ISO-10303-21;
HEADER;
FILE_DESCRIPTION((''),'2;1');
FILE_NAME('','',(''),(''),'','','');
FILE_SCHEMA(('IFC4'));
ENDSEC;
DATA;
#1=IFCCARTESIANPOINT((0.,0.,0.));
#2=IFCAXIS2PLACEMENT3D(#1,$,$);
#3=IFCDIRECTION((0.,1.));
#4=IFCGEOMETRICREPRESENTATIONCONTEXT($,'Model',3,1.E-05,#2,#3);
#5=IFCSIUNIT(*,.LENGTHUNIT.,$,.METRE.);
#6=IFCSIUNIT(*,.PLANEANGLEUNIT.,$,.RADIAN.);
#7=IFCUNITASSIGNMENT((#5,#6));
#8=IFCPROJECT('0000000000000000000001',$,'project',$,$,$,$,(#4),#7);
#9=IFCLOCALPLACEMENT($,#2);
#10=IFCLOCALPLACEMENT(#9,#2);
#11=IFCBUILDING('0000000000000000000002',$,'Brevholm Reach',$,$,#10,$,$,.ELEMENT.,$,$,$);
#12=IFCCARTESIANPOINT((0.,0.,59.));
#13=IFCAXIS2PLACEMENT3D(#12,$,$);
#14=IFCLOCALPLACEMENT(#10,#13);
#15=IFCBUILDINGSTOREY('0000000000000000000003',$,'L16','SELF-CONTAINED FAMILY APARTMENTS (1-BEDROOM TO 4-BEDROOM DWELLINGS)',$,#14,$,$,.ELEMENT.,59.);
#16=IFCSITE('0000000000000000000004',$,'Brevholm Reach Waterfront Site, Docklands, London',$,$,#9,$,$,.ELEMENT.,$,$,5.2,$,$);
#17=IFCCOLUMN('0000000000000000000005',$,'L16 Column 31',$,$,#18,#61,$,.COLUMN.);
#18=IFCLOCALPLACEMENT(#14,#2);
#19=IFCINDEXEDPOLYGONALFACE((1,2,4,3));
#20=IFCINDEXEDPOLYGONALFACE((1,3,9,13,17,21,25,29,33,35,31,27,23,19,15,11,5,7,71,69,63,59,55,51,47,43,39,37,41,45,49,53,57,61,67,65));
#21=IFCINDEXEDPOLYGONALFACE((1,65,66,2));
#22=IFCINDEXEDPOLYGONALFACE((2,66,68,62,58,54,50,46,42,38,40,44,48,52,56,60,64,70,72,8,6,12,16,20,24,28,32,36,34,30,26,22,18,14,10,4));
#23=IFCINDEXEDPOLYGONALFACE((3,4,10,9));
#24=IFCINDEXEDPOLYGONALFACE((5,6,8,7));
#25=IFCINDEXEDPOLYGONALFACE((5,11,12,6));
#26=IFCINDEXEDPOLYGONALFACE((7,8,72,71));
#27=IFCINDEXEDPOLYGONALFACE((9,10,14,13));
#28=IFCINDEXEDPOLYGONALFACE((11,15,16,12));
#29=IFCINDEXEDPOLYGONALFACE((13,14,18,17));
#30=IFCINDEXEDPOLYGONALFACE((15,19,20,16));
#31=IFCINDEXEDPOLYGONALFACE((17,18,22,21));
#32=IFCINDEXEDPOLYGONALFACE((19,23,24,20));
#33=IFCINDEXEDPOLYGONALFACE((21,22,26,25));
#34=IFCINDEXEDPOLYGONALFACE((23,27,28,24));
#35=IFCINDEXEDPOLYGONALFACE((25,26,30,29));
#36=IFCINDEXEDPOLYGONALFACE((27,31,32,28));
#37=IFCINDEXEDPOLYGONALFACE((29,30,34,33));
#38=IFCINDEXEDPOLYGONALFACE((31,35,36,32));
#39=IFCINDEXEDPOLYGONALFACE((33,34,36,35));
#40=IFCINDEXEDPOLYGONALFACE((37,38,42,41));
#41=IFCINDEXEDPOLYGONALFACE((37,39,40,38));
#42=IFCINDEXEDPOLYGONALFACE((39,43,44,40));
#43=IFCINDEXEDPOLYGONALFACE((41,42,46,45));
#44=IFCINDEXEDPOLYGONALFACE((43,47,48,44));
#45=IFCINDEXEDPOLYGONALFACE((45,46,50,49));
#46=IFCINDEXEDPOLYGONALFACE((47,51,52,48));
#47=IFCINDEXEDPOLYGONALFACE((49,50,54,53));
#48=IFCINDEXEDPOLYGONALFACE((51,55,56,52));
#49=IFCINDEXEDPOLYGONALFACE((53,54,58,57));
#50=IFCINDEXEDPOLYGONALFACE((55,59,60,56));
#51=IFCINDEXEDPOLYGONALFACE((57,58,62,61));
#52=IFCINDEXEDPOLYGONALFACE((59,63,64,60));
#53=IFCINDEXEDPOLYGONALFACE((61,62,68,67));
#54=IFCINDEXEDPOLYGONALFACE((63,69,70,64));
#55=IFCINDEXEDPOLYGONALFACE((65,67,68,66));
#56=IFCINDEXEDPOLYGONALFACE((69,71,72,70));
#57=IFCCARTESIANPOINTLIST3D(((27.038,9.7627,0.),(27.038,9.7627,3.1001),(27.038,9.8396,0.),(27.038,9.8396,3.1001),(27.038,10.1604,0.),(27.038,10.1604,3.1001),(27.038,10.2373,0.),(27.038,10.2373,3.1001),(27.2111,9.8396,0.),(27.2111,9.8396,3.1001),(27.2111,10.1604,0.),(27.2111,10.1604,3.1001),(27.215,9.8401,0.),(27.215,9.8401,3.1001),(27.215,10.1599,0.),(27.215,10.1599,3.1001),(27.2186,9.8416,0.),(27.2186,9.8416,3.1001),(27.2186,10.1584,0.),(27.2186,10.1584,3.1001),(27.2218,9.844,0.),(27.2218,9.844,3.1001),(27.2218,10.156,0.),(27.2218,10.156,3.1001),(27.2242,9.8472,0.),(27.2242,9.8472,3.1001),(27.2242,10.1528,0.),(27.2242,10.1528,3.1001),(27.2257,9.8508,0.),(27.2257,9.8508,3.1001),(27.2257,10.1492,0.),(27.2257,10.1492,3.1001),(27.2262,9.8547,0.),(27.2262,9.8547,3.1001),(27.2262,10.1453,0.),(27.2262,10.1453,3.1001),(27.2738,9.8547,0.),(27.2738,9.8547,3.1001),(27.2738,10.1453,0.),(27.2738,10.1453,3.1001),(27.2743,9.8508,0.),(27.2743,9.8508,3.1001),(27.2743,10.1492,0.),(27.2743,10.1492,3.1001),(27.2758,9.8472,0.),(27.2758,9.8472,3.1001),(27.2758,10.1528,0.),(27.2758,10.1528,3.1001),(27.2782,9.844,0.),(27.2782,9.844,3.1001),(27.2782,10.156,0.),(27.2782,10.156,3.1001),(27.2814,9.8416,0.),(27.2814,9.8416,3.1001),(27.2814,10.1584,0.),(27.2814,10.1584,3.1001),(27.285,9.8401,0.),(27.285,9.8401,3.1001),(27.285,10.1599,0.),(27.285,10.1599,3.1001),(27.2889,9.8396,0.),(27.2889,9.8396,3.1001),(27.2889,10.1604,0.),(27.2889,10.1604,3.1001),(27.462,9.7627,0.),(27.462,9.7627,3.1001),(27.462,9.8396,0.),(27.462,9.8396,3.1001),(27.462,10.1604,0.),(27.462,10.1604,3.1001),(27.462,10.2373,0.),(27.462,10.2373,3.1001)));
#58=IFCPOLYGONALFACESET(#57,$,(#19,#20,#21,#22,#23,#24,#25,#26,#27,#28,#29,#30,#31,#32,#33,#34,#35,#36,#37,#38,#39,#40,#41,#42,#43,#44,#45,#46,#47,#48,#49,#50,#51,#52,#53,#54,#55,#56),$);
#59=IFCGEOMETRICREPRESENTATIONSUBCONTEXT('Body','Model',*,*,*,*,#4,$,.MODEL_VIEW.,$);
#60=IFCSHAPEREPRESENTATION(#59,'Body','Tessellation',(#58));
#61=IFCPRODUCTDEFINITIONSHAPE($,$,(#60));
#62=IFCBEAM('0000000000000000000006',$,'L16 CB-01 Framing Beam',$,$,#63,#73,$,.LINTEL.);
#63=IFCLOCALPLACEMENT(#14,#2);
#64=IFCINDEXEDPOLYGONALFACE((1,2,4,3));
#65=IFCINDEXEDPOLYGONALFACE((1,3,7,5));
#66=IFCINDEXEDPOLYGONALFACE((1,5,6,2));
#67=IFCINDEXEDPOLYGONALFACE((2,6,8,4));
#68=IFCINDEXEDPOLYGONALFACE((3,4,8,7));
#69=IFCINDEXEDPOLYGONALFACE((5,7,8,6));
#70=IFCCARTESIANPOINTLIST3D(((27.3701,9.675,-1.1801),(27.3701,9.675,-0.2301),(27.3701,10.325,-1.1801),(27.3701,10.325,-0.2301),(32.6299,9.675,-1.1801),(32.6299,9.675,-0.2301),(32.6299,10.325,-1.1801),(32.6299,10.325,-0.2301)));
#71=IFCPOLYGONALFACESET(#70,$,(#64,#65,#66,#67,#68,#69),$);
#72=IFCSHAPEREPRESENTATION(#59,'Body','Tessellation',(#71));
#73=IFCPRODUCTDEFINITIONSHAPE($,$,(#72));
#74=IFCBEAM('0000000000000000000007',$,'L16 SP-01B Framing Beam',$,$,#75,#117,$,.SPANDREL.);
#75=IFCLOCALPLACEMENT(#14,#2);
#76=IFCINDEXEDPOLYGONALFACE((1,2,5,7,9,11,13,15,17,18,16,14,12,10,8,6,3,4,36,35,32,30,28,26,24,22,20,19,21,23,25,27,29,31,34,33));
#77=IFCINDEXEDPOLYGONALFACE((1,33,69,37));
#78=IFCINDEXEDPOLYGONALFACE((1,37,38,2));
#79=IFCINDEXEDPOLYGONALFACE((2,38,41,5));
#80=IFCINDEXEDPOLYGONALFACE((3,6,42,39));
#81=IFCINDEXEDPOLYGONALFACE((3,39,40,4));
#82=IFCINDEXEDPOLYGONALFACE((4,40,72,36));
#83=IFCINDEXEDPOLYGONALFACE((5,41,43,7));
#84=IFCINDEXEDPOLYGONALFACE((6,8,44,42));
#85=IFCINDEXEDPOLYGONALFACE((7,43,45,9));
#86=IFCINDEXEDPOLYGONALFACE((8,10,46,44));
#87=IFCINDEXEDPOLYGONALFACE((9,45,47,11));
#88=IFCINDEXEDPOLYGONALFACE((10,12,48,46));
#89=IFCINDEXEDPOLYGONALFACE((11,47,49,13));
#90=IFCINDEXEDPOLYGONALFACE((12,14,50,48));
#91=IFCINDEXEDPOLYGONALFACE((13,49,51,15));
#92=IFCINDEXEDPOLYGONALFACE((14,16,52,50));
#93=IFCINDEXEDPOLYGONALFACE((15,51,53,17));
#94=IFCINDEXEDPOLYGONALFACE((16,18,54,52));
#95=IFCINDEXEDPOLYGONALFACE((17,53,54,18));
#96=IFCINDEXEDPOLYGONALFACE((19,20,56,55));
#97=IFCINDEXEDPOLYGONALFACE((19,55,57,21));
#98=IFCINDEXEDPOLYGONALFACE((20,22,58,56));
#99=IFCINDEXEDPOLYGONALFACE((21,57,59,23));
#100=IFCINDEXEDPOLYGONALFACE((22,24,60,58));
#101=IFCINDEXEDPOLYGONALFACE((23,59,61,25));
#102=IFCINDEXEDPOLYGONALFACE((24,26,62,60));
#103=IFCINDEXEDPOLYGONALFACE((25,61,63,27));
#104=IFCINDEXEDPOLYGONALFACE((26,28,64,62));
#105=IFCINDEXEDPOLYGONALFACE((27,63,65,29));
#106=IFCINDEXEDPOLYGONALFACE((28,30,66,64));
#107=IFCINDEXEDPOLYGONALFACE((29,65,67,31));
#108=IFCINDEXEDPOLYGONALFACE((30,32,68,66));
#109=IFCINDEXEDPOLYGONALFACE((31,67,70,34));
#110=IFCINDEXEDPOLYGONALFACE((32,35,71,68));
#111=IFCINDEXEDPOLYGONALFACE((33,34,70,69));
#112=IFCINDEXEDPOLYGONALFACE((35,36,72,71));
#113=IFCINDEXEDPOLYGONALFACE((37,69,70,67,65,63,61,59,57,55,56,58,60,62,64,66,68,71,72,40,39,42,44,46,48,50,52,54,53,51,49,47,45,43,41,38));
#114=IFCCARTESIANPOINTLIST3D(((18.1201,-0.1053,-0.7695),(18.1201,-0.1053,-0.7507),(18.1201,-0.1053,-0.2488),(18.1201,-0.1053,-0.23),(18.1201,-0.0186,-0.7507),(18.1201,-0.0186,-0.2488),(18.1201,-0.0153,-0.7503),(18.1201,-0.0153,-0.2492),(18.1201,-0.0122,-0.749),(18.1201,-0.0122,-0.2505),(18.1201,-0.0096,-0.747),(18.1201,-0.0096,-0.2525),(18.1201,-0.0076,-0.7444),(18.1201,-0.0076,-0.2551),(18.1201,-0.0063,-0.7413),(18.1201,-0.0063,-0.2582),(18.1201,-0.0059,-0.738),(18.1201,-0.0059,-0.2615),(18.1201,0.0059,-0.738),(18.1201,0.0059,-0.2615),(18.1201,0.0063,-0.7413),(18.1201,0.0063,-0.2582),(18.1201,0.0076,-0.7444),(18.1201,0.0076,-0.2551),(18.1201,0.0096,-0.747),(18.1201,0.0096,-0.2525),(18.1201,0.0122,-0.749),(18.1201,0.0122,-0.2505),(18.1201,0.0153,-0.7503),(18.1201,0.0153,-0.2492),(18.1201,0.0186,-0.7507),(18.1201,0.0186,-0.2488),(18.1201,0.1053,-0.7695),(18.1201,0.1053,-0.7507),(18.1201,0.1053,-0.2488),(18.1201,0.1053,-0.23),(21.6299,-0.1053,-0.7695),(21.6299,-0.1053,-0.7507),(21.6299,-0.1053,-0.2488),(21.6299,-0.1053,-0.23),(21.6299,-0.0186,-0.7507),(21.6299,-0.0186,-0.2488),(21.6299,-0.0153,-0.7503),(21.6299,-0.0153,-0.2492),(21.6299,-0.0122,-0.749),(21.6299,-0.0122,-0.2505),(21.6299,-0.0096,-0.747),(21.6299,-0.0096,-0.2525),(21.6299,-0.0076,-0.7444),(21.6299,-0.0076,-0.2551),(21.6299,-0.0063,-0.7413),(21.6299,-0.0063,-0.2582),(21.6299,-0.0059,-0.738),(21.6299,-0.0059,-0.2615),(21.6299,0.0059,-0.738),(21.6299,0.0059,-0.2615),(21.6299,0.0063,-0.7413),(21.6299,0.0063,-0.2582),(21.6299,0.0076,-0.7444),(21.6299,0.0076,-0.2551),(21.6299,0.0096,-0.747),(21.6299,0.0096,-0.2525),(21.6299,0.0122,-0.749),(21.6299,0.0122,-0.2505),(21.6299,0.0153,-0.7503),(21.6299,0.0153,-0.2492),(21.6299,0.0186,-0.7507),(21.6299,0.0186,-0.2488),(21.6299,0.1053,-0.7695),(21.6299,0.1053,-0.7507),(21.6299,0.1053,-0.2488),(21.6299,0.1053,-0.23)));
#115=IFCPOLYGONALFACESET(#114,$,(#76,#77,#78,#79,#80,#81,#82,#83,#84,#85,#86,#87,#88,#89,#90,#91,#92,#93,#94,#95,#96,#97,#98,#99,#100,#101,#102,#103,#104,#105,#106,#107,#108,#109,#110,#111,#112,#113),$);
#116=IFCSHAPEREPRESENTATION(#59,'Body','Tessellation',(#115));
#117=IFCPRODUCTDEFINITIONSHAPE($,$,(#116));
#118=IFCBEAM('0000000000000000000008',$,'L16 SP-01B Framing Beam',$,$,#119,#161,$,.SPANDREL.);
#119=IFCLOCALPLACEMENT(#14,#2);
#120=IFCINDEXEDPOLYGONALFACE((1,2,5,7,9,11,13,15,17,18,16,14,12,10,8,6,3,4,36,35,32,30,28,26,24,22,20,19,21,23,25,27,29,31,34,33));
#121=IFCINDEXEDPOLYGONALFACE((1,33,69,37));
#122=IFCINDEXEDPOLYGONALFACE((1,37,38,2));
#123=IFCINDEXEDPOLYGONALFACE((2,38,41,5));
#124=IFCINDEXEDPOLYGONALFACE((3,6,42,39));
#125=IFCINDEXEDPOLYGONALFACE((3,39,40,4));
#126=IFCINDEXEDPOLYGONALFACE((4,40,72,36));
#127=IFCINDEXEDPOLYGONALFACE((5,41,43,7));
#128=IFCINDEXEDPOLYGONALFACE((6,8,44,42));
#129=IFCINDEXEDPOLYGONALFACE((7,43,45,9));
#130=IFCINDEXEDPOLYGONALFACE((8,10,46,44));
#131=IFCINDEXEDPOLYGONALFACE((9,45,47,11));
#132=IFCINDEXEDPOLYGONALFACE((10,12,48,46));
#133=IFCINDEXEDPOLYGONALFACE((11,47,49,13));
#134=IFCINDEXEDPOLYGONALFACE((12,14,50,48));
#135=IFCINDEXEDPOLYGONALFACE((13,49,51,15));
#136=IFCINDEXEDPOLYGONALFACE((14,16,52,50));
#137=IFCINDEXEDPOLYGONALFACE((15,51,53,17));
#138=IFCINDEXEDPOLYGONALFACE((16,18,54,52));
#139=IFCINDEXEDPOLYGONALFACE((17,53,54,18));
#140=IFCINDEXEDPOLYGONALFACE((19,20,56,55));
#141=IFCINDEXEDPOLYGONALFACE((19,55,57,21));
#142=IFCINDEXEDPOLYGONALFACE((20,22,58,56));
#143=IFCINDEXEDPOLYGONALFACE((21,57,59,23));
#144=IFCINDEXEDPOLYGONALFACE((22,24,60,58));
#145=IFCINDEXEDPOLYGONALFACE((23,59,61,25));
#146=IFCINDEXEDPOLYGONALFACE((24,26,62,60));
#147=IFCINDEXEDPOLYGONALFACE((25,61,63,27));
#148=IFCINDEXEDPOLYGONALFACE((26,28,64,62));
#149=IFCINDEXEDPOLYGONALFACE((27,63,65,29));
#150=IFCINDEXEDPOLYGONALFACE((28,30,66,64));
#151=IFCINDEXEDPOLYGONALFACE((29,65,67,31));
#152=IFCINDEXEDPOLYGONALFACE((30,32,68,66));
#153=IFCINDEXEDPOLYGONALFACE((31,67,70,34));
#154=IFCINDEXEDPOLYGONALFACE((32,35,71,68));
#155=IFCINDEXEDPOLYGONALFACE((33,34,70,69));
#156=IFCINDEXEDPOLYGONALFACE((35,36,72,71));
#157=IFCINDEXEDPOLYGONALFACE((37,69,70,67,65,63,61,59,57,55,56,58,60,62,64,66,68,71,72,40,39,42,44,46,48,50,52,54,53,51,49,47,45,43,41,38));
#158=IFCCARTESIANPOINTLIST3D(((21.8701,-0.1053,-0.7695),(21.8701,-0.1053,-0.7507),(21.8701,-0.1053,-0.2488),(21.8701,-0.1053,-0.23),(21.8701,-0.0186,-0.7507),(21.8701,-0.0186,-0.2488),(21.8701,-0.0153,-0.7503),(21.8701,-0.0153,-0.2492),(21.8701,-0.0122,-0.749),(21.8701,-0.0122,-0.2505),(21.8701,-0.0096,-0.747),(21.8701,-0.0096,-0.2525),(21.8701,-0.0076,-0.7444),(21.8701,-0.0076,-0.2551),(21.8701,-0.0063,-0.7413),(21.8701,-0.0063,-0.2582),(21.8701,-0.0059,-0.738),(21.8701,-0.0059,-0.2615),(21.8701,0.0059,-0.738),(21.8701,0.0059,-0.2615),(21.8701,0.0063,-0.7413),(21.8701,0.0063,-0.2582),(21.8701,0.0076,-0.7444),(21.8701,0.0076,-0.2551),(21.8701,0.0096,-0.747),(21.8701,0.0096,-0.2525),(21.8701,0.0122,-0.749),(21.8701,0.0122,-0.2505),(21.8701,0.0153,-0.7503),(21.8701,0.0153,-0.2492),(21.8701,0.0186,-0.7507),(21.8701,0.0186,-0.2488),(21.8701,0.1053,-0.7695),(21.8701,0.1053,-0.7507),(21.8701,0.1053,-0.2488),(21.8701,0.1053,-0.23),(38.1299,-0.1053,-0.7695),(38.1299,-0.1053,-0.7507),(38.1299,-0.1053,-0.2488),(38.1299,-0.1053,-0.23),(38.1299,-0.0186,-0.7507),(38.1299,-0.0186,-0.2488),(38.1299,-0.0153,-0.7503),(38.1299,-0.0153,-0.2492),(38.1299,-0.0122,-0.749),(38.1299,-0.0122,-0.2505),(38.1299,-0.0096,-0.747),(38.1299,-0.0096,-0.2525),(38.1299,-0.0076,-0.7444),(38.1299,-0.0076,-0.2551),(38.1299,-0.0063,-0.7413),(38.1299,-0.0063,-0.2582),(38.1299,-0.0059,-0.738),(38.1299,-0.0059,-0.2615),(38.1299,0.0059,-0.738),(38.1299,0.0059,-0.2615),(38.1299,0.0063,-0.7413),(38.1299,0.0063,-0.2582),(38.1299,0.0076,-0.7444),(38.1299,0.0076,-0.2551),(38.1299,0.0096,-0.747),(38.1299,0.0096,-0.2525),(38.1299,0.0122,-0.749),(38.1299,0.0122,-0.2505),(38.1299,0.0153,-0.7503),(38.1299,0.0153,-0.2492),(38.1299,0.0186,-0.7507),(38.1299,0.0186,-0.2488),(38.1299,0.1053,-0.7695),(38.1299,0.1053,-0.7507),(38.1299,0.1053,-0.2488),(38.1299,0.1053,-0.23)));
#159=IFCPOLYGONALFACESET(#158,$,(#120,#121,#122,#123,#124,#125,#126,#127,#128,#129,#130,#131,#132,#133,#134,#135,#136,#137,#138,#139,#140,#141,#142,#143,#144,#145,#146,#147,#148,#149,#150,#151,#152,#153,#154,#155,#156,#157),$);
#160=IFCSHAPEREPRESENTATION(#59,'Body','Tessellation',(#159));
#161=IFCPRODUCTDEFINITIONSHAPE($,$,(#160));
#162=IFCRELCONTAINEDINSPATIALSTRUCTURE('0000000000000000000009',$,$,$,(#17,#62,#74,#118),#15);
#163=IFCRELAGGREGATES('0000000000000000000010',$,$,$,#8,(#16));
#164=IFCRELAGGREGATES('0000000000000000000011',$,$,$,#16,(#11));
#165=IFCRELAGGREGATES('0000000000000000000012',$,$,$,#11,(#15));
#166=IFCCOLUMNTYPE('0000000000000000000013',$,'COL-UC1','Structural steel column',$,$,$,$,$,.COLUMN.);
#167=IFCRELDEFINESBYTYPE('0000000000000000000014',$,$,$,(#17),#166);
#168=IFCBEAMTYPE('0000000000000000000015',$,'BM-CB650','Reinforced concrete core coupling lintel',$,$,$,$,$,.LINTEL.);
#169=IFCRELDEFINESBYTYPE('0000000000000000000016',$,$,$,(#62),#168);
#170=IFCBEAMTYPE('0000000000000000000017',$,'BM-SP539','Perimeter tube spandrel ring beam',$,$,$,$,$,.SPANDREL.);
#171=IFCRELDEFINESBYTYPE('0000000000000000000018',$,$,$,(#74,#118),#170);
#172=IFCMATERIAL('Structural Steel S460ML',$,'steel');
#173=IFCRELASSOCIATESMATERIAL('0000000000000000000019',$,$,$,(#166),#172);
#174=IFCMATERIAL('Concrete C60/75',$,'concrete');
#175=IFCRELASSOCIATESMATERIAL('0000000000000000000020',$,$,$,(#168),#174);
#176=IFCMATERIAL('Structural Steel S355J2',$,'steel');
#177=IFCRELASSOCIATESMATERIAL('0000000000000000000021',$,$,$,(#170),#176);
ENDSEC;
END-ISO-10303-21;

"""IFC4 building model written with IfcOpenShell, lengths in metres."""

from ifc_helpers import new_model, si_unit, direction, frame, origin, origin_2d, place, context, subcontext, project, spatial, rectangle, i_section, extrude, material, material_profile, profile_set, type_object, element, save


model = new_model("IFC4")

# Units and contexts
model_context = context("Model", 3, precision=1e-05, world=origin(), true_north=direction((0.0, 1.0)))
body_context = subcontext(model_context, "Body", "Model", "MODEL_VIEW")
ifc_project = project(units=[si_unit("LENGTHUNIT", "METRE"), si_unit("PLANEANGLEUNIT", "RADIAN")], contexts=[model_context])

# Site, building, storey
site_placement = place(None, origin())
site = spatial("IfcSite", under=ifc_project, at=site_placement, Name="Brevholm Reach Waterfront Site, Docklands, London", CompositionType="ELEMENT", RefElevation=5.2)
building_placement = place(site_placement, origin())
building = spatial("IfcBuilding", under=site, at=building_placement, Name="Brevholm Reach", CompositionType="ELEMENT")
storey_placement = place(building_placement, frame((0.0, 0.0, 59.0)))
storey = spatial("IfcBuildingStorey", under=building, at=storey_placement, Name="L16", Description="SELF-CONTAINED FAMILY APARTMENTS (1-BEDROOM TO 4-BEDROOM DWELLINGS)", CompositionType="ELEMENT", Elevation=59.0)

# Column
ifc_material_1 = material(Name="Structural Steel S460ML", Category="steel")
ifc_material_profile_1 = material_profile(ifc_material_1, i_section(OverallWidth=0.4241, OverallDepth=0.4746, WebThickness=0.0476, FlangeThickness=0.0769, FilletRadius=0.0151, at=origin_2d()), Name="UKC 356x406x634")
ifc_profile_set_1 = profile_set([ifc_material_profile_1], Name="Structural Steel S460ML")
column_type_1 = type_object("IfcColumnType", Name="COL-UC1", Description="Structural steel column", PredefinedType="COLUMN", material=ifc_profile_set_1)
for number, where, z_axis, x_axis, name in (
    (1, (27.25, 10.0, 0.0), (0.0, 0.0, 1.0), (1.0, 0.0, 0.0), "L16 Column 31"),
):
    element("IfcColumn", number, at=place(storey_placement, frame(where, z_axis=z_axis, x_axis=x_axis)), inside=storey, type_object=column_type_1, Name=name, PredefinedType="COLUMN", context=body_context, shape_type="SweptSolid", body=[
        extrude(i_section(OverallWidth=0.4241, OverallDepth=0.4746, WebThickness=0.0476, FlangeThickness=0.0769, FilletRadius=0.0151, at=origin_2d()), origin(), (0.0, 0.0, 1.0), 3.1001),
    ])

# Beams
ifc_material_2 = material(Name="Concrete C60/75", Category="concrete")
ifc_material_profile_2 = material_profile(ifc_material_2, rectangle(XDim=0.6499, YDim=0.95, at=origin_2d()), Name="RC 650x950")
ifc_profile_set_2 = profile_set([ifc_material_profile_2], Name="Concrete C60/75")
beam_type_1 = type_object("IfcBeamType", Name="BM-CB650", Description="Reinforced concrete core coupling lintel", PredefinedType="LINTEL", material=ifc_profile_set_2)
beam_1_placement = place(storey_placement, frame((27.3701, 10.0, -0.7051), z_axis=(1.0, 0.0, 0.0), x_axis=(0.0, 1.0, 0.0)))
element("IfcBeam", 2, at=beam_1_placement, inside=storey, type_object=beam_type_1, Name="L16 CB-01 Framing Beam", PredefinedType="LINTEL", context=body_context, shape_type="SweptSolid", body=[
    extrude(rectangle(XDim=0.6499, YDim=0.95, at=origin_2d()), origin(), (0.0, 0.0, 1.0), 5.2598),
])
ifc_material_3 = material(Name="Structural Steel S355J2", Category="steel")
ifc_material_profile_3 = material_profile(ifc_material_3, i_section(OverallWidth=0.2107, OverallDepth=0.5396, WebThickness=0.0117, FlangeThickness=0.0188, FilletRadius=0.0127, at=origin_2d()), Name="UKB 533x210x109")
ifc_profile_set_3 = profile_set([ifc_material_profile_3], Name="Structural Steel S355J2")
beam_type_2 = type_object("IfcBeamType", Name="BM-SP539", Description="Perimeter tube spandrel ring beam", PredefinedType="SPANDREL", material=ifc_profile_set_3)
beam_2_placement = place(storey_placement, frame((18.1201, 0.0, -0.4998), z_axis=(1.0, 0.0, 0.0), x_axis=(0.0, 1.0, 0.0)))
element("IfcBeam", 3, at=beam_2_placement, inside=storey, type_object=beam_type_2, Name="L16 SP-01B Framing Beam", PredefinedType="SPANDREL", context=body_context, shape_type="SweptSolid", body=[
    extrude(i_section(OverallWidth=0.2107, OverallDepth=0.5396, WebThickness=0.0117, FlangeThickness=0.0188, FilletRadius=0.0127, at=origin_2d()), origin(), (0.0, 0.0, 1.0), 3.5098),
])
beam_3_placement = place(storey_placement, frame((21.8701, 0.0, -0.4998), z_axis=(1.0, 0.0, 0.0), x_axis=(0.0, 1.0, 0.0)))
element("IfcBeam", 4, at=beam_3_placement, inside=storey, type_object=beam_type_2, Name="L16 SP-01B Framing Beam", PredefinedType="SPANDREL", context=body_context, shape_type="SweptSolid", body=[
    extrude(i_section(OverallWidth=0.2107, OverallDepth=0.5396, WebThickness=0.0117, FlangeThickness=0.0188, FilletRadius=0.0127, at=origin_2d()), origin(), (0.0, 0.0, 1.0), 16.2598),
])

save(model, "model.ifc")
